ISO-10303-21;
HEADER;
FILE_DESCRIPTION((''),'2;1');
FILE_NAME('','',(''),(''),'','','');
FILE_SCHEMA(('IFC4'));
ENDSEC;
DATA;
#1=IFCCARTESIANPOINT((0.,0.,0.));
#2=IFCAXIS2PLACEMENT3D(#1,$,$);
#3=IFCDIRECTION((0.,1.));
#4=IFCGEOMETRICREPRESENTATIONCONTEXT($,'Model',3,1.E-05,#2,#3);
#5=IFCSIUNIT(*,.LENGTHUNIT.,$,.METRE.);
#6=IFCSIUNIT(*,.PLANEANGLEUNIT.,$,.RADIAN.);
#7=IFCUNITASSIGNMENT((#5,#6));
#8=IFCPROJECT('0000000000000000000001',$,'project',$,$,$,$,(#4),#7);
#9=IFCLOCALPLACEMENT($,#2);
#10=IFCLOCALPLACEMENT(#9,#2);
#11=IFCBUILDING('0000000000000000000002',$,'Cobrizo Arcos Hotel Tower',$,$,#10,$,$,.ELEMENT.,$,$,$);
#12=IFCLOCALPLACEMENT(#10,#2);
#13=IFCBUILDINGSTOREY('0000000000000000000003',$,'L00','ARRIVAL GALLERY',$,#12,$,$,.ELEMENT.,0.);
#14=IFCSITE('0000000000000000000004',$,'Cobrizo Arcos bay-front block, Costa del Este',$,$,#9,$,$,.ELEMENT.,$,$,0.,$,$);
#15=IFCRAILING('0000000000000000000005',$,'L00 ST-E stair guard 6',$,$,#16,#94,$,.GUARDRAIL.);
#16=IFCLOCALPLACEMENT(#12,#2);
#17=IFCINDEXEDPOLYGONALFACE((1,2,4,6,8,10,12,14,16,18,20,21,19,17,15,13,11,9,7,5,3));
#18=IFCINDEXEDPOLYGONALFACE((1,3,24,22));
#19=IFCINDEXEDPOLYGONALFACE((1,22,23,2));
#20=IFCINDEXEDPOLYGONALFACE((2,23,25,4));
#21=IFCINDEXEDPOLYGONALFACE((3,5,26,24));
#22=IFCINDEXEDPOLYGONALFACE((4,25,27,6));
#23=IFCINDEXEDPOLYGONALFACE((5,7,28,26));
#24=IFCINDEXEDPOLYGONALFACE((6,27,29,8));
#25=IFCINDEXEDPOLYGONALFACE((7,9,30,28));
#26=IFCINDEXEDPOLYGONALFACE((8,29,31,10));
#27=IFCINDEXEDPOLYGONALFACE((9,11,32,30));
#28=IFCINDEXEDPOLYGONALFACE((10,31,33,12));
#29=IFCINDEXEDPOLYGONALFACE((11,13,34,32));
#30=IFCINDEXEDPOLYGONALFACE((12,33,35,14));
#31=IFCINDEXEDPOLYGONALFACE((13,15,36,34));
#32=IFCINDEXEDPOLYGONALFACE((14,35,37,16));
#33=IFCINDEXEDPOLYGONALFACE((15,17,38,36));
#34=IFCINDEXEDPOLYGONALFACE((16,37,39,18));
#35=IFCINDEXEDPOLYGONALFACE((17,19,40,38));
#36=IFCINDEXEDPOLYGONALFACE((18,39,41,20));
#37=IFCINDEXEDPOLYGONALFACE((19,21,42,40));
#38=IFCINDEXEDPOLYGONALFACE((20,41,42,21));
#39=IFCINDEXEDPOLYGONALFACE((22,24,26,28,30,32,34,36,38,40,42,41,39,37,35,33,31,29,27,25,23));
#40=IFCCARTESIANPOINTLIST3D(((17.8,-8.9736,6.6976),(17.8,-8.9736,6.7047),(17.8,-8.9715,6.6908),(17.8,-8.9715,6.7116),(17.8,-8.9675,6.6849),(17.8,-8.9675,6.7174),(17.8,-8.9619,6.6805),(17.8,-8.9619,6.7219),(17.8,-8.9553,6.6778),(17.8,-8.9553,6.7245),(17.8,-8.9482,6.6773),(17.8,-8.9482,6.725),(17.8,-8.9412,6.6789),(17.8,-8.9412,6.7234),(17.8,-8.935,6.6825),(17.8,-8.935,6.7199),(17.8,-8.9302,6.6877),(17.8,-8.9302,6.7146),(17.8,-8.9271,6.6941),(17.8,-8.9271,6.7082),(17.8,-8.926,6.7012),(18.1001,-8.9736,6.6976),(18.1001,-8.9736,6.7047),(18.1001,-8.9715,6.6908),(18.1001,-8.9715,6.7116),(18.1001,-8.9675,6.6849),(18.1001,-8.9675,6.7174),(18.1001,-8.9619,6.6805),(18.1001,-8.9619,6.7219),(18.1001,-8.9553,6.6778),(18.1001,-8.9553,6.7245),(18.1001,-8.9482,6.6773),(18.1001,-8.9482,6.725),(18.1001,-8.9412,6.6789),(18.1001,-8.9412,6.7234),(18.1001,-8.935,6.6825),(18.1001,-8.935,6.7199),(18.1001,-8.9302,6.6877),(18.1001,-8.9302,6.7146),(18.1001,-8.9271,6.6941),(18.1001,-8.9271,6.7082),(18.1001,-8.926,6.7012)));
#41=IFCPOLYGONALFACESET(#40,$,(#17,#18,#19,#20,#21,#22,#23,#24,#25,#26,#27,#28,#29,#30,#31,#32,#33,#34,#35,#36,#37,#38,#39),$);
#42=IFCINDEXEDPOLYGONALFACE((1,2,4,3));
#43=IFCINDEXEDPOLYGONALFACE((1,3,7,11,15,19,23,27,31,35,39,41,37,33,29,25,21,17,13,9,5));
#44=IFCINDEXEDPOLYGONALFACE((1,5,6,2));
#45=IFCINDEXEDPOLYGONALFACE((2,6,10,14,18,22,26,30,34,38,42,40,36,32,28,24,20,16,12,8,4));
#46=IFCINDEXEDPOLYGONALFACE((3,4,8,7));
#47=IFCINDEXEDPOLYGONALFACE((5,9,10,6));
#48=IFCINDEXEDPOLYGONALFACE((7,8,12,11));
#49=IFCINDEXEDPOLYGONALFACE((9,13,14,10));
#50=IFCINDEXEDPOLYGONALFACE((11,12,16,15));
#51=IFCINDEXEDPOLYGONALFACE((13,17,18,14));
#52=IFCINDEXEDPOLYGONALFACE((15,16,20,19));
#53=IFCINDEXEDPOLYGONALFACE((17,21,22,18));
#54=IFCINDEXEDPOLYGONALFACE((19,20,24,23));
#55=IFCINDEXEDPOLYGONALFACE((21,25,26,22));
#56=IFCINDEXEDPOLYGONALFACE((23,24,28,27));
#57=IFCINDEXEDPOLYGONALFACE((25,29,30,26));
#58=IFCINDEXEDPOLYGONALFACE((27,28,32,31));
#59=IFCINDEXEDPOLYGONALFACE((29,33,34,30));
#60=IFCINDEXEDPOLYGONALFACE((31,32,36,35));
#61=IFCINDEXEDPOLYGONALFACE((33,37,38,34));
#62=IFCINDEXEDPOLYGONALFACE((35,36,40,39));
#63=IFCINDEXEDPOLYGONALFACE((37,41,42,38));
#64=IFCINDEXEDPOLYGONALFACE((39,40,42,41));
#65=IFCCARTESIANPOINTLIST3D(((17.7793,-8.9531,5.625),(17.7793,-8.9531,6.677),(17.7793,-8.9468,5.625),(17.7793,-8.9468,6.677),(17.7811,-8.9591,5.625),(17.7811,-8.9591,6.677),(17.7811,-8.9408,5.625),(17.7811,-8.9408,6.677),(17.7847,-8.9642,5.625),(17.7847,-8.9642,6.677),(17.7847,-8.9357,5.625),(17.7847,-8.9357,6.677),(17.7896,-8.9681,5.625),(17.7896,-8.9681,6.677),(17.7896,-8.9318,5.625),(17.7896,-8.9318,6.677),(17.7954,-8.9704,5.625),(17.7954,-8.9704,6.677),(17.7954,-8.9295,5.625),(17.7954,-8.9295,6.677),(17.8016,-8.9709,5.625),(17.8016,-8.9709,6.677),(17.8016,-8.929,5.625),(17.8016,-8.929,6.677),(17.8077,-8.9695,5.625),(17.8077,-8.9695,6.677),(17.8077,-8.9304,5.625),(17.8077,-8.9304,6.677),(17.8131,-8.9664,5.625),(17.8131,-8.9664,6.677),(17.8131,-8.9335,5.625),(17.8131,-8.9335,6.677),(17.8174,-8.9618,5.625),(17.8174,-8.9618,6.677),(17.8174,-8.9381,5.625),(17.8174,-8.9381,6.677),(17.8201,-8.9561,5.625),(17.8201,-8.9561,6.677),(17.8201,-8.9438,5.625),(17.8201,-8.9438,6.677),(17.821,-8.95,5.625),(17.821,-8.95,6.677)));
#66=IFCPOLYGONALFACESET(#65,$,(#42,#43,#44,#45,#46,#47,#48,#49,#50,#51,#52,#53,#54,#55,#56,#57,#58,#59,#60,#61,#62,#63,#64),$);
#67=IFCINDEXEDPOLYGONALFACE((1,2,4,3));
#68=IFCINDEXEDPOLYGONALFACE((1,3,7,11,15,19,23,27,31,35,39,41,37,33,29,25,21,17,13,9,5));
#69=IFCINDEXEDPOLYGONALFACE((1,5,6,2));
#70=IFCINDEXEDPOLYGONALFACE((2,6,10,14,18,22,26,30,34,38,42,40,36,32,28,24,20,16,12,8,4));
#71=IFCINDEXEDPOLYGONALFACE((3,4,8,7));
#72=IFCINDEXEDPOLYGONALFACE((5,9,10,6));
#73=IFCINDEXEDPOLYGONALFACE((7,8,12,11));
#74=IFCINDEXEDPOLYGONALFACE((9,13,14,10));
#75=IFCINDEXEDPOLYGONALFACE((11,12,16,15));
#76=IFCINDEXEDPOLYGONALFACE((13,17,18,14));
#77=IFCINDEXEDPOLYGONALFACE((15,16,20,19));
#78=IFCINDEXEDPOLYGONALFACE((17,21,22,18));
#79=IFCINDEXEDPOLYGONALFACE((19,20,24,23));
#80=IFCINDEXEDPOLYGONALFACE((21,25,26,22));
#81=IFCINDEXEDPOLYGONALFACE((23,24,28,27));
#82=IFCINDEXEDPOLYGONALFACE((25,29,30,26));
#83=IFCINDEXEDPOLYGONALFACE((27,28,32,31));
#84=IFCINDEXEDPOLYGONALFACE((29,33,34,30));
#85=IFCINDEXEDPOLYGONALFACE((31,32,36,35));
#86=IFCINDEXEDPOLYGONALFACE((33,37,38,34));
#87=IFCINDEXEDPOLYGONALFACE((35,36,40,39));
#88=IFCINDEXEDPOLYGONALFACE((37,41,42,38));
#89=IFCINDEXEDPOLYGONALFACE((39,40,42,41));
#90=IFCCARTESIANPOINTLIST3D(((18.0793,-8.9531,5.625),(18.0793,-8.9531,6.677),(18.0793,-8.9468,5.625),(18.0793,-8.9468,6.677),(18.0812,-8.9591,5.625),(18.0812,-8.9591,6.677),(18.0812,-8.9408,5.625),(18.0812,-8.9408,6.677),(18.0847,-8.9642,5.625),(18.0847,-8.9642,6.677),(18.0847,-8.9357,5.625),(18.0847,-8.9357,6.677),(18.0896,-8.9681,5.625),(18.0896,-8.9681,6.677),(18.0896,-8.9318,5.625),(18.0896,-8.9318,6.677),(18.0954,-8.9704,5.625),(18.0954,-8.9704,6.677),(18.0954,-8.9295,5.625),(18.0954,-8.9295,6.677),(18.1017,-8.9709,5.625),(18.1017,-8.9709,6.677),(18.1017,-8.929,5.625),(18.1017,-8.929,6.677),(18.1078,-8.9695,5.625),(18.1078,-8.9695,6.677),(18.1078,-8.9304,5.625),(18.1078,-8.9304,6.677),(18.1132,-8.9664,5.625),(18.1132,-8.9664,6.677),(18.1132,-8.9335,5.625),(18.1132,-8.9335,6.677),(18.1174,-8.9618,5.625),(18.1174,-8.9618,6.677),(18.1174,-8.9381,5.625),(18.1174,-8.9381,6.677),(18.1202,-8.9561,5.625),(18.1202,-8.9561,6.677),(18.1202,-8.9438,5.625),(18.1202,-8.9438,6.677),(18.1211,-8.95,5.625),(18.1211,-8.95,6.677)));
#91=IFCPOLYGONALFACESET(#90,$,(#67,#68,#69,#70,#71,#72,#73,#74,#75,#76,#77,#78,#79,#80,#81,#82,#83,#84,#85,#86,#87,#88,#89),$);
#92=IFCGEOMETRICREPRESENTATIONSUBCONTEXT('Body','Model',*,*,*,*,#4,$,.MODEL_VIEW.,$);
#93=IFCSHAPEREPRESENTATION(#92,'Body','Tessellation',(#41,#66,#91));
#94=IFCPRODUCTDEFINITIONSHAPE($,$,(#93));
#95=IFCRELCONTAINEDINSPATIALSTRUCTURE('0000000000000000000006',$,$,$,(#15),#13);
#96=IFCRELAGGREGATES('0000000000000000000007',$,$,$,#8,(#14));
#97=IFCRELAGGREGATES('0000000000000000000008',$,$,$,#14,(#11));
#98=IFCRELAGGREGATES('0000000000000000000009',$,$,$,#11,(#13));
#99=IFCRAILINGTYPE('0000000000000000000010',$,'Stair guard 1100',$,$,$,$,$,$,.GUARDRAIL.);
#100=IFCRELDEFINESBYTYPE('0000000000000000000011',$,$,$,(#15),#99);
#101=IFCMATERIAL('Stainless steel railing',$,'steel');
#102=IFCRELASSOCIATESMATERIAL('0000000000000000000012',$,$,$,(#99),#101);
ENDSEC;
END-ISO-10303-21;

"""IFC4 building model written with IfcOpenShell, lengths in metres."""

from ifc_helpers import new_model, si_unit, direction, frame, origin, origin_2d, place, context, subcontext, project, spatial, circle, extrude, material, type_object, element, save


model = new_model("IFC4")

# Units and contexts
model_context = context("Model", 3, precision=1e-05, world=origin(), true_north=direction((0.0, 1.0)))
body_context = subcontext(model_context, "Body", "Model", "MODEL_VIEW")
ifc_project = project(units=[si_unit("LENGTHUNIT", "METRE"), si_unit("PLANEANGLEUNIT", "RADIAN")], contexts=[model_context])

# Site, building, storey
site_placement = place(None, origin())
site = spatial("IfcSite", under=ifc_project, at=site_placement, Name="Cobrizo Arcos bay-front block, Costa del Este", CompositionType="ELEMENT", RefElevation=0.0)
building_placement = place(site_placement, origin())
building = spatial("IfcBuilding", under=site, at=building_placement, Name="Cobrizo Arcos Hotel Tower", CompositionType="ELEMENT")
storey_placement = place(building_placement, origin())
storey = spatial("IfcBuildingStorey", under=building, at=storey_placement, Name="L00", Description="ARRIVAL GALLERY", CompositionType="ELEMENT", Elevation=0.0)

# Railing
ifc_material_1 = material(Name="Stainless steel railing", Category="steel")
railing_type_1 = type_object("IfcRailingType", Name="Stair guard 1100", PredefinedType="GUARDRAIL", material=ifc_material_1)
railing_1_placement = place(storey_placement, frame((17.8, -8.95, 5.625)))
element("IfcRailing", 1, at=railing_1_placement, inside=storey, type_object=railing_type_1, Name="L00 ST-E stair guard 6", PredefinedType="GUARDRAIL", context=body_context, shape_type="SweptSolid", body=[
    extrude(circle(Radius=0.0239, at=origin_2d()), frame((0.0, 0.0, 1.0762), z_axis=(1.0, 0.0, 0.0), x_axis=(0.0, 1.0, 0.0)), (0.0, 0.0, 1.0), 0.3),
    extrude(circle(Radius=0.021, at=origin_2d()), origin(), (0.0, 0.0, 1.0), 1.052),
    extrude(circle(Radius=0.021, at=origin_2d()), frame((0.3, 0.0, 0.0)), (0.0, 0.0, 1.0), 1.052),
])

save(model, "model.ifc")
